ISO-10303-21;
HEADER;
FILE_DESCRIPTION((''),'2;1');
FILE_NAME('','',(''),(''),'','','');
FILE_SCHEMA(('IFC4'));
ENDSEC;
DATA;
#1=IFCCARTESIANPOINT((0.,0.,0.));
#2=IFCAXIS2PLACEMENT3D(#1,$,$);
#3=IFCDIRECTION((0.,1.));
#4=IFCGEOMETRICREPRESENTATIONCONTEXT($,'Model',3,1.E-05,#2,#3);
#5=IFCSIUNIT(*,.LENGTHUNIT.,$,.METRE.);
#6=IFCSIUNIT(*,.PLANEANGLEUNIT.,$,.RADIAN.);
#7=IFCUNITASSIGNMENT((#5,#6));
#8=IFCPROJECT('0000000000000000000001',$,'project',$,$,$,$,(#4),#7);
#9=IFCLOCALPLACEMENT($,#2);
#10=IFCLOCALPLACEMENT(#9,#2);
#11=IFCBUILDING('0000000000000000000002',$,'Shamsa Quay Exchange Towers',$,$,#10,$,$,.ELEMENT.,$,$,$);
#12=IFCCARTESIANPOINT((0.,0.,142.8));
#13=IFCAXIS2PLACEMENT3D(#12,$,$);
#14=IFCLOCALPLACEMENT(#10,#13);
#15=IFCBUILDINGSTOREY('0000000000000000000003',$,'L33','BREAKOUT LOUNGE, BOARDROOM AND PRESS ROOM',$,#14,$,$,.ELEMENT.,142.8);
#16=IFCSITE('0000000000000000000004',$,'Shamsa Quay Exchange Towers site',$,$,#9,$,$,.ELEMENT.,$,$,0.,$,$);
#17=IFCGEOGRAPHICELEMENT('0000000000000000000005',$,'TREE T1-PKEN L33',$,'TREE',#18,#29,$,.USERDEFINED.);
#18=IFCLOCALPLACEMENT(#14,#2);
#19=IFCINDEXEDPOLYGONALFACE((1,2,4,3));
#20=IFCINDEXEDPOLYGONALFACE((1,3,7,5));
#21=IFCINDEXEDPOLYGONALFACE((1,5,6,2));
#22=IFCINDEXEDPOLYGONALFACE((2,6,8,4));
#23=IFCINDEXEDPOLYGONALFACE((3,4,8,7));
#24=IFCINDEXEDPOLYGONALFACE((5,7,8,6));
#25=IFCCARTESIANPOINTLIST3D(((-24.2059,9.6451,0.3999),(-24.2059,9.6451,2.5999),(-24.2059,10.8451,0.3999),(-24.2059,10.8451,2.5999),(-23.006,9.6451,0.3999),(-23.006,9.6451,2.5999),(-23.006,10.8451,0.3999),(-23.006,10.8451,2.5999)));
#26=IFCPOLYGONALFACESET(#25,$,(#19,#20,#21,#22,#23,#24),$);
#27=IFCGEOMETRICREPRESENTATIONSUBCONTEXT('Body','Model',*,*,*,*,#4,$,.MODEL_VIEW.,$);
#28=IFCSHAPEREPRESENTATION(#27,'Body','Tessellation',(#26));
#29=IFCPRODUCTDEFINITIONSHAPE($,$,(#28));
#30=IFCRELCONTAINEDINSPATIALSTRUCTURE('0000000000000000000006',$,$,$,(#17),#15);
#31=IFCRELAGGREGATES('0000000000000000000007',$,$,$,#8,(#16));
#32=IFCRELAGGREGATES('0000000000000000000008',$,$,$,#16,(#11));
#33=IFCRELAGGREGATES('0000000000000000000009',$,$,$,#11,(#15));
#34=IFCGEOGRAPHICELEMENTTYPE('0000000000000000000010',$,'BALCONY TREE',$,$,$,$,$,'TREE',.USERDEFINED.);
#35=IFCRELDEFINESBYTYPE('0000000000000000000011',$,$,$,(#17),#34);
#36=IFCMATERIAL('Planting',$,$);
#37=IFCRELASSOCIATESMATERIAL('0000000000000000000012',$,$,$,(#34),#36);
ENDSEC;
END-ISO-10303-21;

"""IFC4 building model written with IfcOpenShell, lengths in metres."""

from ifc_helpers import new_model, si_unit, direction, frame, origin, origin_2d, place, context, subcontext, project, spatial, rectangle, extrude, material, type_object, element, save


model = new_model("IFC4")

# Units and contexts
model_context = context("Model", 3, precision=1e-05, world=origin(), true_north=direction((0.0, 1.0)))
body_context = subcontext(model_context, "Body", "Model", "MODEL_VIEW")
ifc_project = project(units=[si_unit("LENGTHUNIT", "METRE"), si_unit("PLANEANGLEUNIT", "RADIAN")], contexts=[model_context])

# Site, building, storey
site_placement = place(None, origin())
site = spatial("IfcSite", under=ifc_project, at=site_placement, Name="Shamsa Quay Exchange Towers site", CompositionType="ELEMENT", RefElevation=0.0)
building_placement = place(site_placement, origin())
building = spatial("IfcBuilding", under=site, at=building_placement, Name="Shamsa Quay Exchange Towers", CompositionType="ELEMENT")
storey_placement = place(building_placement, frame((0.0, 0.0, 142.8)))
storey = spatial("IfcBuildingStorey", under=building, at=storey_placement, Name="L33", Description="BREAKOUT LOUNGE, BOARDROOM AND PRESS ROOM", CompositionType="ELEMENT", Elevation=142.8)

# Geographic element
ifc_material_1 = material(Name="Planting")
geographic_element_type = type_object("IfcGeographicElementType", Name="BALCONY TREE", ElementType="TREE", PredefinedType="USERDEFINED", material=ifc_material_1)
geographic_element_placement = place(storey_placement, frame((-23.606, 10.2451, 0.3999), z_axis=(0.0, 0.0, 1.0), x_axis=(-1.0, 0.0, 0.0)))
element("IfcGeographicElement", 1, at=geographic_element_placement, inside=storey, type_object=geographic_element_type, Name="TREE T1-PKEN L33", ObjectType="TREE", PredefinedType="USERDEFINED", context=body_context, shape_type="SweptSolid", body=[
    extrude(rectangle(XDim=1.2, YDim=1.2, at=origin_2d()), origin(), (0.0, 0.0, 1.0), 2.2),
])

save(model, "model.ifc")
